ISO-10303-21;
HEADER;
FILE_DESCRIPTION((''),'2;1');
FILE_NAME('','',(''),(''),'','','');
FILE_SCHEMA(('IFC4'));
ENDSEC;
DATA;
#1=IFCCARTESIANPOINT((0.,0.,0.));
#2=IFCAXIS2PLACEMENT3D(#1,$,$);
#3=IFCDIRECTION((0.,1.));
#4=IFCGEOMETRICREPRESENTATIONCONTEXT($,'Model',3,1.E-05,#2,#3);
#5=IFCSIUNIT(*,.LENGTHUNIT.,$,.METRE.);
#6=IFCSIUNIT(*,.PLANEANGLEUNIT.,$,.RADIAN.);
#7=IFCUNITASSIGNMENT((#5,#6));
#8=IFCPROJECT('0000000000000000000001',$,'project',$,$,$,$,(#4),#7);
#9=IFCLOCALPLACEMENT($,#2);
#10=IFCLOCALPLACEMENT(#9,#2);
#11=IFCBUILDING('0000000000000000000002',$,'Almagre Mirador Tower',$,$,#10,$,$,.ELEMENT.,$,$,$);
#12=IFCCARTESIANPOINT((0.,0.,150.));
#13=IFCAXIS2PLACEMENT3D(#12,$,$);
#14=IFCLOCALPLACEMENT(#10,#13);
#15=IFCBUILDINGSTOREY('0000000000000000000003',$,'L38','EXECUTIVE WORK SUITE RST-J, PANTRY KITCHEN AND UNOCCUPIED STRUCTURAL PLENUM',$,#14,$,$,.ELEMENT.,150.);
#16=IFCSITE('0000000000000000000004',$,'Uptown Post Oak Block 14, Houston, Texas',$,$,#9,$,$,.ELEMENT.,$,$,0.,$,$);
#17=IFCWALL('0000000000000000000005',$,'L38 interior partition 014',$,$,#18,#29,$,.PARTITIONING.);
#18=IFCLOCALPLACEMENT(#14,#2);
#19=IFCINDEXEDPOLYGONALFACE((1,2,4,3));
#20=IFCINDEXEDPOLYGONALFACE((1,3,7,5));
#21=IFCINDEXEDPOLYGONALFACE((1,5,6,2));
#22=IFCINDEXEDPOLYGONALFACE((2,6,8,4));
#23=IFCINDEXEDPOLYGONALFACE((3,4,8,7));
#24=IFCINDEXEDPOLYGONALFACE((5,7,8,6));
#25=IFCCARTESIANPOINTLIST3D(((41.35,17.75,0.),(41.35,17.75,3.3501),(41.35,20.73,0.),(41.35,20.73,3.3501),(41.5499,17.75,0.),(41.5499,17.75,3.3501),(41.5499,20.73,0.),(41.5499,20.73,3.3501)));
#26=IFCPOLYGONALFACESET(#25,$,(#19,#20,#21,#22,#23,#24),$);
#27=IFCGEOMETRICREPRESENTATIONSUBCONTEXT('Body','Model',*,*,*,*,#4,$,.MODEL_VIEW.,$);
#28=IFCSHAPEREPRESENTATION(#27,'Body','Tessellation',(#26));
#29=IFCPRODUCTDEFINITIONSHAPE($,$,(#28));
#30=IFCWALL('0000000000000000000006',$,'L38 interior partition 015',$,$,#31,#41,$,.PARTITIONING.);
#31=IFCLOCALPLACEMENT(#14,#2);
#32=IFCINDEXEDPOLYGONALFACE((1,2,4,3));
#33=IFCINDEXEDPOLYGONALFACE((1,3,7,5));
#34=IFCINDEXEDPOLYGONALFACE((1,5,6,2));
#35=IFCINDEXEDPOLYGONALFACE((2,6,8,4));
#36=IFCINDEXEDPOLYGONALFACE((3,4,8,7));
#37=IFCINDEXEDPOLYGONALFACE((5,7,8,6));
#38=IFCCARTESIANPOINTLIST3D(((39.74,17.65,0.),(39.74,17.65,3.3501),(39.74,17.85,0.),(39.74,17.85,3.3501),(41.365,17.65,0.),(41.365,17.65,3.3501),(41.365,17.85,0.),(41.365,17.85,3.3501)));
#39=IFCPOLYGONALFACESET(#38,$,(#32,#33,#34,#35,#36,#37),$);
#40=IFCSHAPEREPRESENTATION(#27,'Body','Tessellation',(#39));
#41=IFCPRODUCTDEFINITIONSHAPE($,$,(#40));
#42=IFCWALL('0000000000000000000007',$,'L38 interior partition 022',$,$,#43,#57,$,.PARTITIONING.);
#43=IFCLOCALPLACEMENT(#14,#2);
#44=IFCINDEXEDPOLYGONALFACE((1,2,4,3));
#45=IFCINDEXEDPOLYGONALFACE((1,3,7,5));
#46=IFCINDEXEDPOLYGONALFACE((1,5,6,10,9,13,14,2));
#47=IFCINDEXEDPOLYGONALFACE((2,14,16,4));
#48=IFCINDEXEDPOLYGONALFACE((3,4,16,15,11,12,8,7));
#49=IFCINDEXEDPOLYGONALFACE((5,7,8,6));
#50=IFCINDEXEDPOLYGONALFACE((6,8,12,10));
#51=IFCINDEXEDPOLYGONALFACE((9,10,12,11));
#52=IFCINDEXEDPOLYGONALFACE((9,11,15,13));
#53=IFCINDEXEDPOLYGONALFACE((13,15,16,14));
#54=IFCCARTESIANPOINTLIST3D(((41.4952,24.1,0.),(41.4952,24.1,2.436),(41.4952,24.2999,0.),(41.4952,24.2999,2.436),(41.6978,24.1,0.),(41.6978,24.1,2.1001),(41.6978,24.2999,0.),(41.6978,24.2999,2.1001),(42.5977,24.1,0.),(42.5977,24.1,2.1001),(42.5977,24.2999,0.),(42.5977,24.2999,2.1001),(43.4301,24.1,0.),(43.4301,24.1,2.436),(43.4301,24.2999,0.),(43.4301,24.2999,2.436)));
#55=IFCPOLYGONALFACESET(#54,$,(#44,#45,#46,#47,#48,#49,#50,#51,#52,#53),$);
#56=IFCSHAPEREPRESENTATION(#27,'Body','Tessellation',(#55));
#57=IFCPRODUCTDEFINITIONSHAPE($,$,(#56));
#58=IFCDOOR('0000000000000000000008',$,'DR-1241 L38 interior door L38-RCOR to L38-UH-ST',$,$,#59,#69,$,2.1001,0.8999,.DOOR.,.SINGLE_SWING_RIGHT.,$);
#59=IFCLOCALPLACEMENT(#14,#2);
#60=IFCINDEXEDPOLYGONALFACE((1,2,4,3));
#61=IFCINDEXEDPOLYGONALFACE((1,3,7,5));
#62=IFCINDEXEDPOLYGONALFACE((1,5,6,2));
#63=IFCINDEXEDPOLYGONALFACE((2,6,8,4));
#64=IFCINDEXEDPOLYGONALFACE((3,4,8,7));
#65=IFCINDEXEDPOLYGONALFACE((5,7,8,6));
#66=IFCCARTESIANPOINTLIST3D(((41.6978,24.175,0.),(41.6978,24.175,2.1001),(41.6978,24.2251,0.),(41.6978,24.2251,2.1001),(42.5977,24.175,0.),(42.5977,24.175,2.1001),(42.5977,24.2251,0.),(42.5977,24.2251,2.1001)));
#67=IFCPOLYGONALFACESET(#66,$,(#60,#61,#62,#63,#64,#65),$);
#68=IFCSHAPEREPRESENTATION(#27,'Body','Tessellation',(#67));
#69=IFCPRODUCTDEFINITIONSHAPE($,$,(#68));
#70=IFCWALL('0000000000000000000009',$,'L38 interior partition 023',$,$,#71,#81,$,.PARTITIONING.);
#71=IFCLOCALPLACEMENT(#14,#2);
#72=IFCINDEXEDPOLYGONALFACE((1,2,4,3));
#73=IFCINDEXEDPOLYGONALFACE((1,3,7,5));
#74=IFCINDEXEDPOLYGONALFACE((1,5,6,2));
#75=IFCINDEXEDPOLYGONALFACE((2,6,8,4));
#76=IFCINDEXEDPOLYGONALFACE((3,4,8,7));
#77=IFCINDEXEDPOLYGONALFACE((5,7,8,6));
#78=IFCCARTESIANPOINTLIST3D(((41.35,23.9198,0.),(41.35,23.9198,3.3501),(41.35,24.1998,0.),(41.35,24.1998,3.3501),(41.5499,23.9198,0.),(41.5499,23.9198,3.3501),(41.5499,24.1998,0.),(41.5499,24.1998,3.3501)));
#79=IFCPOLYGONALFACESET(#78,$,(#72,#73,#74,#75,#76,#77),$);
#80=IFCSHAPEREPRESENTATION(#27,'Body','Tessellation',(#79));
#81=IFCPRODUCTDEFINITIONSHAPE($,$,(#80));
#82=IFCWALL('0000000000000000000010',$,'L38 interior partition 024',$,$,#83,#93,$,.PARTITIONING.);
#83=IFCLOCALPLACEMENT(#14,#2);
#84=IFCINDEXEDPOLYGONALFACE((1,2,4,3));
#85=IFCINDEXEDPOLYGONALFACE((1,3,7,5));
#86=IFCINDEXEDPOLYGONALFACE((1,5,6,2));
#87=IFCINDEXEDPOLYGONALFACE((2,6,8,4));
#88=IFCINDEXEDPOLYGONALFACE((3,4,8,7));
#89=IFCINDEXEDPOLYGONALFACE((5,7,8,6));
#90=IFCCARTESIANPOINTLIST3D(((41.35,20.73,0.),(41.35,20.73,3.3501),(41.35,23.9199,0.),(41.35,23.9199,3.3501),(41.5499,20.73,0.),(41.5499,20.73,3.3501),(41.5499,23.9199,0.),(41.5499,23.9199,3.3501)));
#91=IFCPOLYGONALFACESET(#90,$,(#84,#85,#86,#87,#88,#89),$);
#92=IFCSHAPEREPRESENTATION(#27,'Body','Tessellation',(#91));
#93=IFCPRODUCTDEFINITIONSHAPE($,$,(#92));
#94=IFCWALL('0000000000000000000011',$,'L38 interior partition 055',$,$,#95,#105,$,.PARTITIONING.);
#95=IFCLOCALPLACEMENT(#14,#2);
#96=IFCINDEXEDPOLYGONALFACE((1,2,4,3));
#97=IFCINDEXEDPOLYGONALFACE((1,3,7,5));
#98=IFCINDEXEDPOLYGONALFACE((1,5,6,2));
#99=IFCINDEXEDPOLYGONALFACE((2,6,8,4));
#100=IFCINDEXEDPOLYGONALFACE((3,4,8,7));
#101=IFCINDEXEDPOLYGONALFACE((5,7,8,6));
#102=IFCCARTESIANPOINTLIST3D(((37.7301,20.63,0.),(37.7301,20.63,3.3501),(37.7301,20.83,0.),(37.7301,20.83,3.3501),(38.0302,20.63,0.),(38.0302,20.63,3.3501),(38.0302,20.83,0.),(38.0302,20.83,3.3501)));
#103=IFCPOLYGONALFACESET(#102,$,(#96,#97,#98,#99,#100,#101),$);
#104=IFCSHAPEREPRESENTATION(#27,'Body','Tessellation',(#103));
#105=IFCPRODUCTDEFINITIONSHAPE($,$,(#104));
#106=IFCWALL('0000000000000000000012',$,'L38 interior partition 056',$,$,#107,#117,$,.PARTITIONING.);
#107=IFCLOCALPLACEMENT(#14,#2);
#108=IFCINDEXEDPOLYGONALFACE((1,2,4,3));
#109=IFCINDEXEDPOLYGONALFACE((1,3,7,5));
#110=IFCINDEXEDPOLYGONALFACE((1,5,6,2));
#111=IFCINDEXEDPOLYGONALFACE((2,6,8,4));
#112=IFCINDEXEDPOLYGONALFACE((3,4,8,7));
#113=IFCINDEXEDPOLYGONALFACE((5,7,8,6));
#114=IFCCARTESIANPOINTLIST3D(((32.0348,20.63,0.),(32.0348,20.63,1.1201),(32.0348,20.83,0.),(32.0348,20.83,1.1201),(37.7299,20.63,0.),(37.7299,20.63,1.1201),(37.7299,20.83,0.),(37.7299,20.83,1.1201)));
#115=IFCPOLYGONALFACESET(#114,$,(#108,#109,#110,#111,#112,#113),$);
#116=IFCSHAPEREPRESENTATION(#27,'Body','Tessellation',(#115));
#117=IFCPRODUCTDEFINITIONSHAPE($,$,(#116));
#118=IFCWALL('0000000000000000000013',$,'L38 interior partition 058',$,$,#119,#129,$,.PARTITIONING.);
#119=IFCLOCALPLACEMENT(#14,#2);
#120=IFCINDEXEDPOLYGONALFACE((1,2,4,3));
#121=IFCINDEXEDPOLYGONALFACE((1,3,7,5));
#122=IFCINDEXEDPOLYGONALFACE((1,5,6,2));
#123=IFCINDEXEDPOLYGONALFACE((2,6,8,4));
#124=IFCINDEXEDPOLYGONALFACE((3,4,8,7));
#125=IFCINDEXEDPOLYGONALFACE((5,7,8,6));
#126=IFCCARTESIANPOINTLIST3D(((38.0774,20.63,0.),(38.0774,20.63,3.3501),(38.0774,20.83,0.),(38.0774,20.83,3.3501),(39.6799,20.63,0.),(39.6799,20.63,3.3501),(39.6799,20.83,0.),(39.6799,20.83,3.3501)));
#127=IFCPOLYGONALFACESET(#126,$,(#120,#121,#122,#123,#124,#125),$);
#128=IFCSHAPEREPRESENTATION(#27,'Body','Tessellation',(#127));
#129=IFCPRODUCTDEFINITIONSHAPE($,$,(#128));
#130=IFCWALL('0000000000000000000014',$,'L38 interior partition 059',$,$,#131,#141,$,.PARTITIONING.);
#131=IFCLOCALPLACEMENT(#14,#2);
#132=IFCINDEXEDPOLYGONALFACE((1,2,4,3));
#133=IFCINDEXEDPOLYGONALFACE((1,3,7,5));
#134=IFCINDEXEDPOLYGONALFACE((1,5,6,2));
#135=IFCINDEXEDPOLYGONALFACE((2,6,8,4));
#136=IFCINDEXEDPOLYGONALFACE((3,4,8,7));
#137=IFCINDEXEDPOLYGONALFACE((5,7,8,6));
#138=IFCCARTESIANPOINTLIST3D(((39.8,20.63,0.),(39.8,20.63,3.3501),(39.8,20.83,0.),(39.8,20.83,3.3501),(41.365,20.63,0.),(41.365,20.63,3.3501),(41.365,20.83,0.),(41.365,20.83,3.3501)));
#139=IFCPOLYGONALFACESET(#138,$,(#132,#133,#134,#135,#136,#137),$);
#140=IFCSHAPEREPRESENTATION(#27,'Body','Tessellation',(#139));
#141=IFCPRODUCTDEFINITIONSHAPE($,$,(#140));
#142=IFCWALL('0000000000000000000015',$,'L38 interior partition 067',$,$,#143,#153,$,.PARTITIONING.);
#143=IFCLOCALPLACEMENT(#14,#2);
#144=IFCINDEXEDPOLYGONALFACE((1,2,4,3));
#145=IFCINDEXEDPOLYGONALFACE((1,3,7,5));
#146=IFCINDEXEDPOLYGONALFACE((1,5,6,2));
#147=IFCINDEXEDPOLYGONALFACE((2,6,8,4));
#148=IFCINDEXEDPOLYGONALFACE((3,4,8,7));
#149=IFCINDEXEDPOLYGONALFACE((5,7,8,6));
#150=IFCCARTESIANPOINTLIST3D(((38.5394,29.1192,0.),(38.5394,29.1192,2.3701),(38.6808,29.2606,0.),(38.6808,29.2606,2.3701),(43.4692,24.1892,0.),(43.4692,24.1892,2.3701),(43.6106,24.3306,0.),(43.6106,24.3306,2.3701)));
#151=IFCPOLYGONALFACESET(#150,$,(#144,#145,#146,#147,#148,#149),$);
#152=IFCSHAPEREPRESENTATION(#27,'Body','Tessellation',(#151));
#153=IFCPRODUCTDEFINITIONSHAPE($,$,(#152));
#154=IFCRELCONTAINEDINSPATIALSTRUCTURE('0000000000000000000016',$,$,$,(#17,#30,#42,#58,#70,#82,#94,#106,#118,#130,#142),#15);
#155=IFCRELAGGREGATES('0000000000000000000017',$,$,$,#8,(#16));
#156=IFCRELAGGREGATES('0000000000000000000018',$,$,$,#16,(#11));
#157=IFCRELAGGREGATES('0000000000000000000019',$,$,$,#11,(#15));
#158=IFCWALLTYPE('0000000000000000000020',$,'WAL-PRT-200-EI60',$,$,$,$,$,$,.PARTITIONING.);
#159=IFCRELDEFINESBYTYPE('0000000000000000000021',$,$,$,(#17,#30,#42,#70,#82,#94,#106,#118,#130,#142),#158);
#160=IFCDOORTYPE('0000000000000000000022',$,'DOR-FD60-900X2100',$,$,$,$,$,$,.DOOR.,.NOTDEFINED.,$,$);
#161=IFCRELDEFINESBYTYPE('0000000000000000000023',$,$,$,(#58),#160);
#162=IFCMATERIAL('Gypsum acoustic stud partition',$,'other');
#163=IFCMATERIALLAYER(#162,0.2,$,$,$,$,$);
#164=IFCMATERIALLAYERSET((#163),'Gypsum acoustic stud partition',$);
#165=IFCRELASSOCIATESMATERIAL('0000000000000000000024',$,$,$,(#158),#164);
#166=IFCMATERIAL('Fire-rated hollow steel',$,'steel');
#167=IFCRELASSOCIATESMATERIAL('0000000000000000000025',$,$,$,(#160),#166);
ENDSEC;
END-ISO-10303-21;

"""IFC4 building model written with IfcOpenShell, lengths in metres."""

from ifc_helpers import new_model, si_unit, direction, frame, frame_2d, origin, place, context, subcontext, project, spatial, rectangle, extrude, material, layer, layer_set, type_object, element, fill, save


model = new_model("IFC4")

# Units and contexts
model_context = context("Model", 3, precision=1e-05, world=origin(), true_north=direction((0.0, 1.0)))
body_context = subcontext(model_context, "Body", "Model", "MODEL_VIEW")
ifc_project = project(units=[si_unit("LENGTHUNIT", "METRE"), si_unit("PLANEANGLEUNIT", "RADIAN")], contexts=[model_context])

# Site, building, storey
site_placement = place(None, origin())
site = spatial("IfcSite", under=ifc_project, at=site_placement, Name="Uptown Post Oak Block 14, Houston, Texas", CompositionType="ELEMENT", RefElevation=0.0)
building_placement = place(site_placement, origin())
building = spatial("IfcBuilding", under=site, at=building_placement, Name="Almagre Mirador Tower", CompositionType="ELEMENT")
storey_placement = place(building_placement, frame((0.0, 0.0, 150.0)))
storey = spatial("IfcBuildingStorey", under=building, at=storey_placement, Name="L38", Description="EXECUTIVE WORK SUITE RST-J, PANTRY KITCHEN AND UNOCCUPIED STRUCTURAL PLENUM", CompositionType="ELEMENT", Elevation=150.0)

# Shared definitions
ifc_material_1 = material(Name="Gypsum acoustic stud partition", Category="other")
ifc_layer_1 = layer(ifc_material_1, 0.2)
ifc_layer_set_1 = layer_set([ifc_layer_1], Name="Gypsum acoustic stud partition")
wall_type_1 = type_object("IfcWallType", Name="WAL-PRT-200-EI60", PredefinedType="PARTITIONING", material=ifc_layer_set_1)

# Walls
wall_1_placement = place(storey_placement, frame((41.45, 20.73, 0.0), z_axis=(0.0, 0.0, 1.0), x_axis=(0.0, -1.0, 0.0)))
element("IfcWall", 1, at=wall_1_placement, inside=storey, type_object=wall_type_1, Name="L38 interior partition 014", PredefinedType="PARTITIONING", context=body_context, shape_type="SweptSolid", body=[
    extrude(rectangle(XDim=2.98, YDim=0.2, at=frame_2d((1.49, 0.0))), origin(), (0.0, 0.0, 1.0), 3.3501),
])
wall_2_placement = place(storey_placement, frame((41.365, 17.75, 0.0), z_axis=(0.0, 0.0, 1.0), x_axis=(-1.0, 0.0, 0.0)))
element("IfcWall", 2, at=wall_2_placement, inside=storey, type_object=wall_type_1, Name="L38 interior partition 015", PredefinedType="PARTITIONING", context=body_context, shape_type="SweptSolid", body=[
    extrude(rectangle(XDim=1.625, YDim=0.2, at=frame_2d((0.8125, 0.0))), origin(), (0.0, 0.0, 1.0), 3.3501),
])

# Wall, opening, door
wall_3_placement = place(storey_placement, frame((43.4299, 24.2, 0.0), z_axis=(0.0, 0.0, 1.0), x_axis=(-1.0, 0.0, 0.0)))
wall_3 = element("IfcWall", 3, at=wall_3_placement, inside=storey, type_object=wall_type_1, Name="L38 interior partition 022", PredefinedType="PARTITIONING", context=body_context, shape_type="SweptSolid", body=[
    extrude(rectangle(XDim=1.9348, YDim=0.2, at=frame_2d((0.9673, 0.0))), origin(), (0.0, 0.0, 1.0), 2.436),
])
opening_1_placement = place(wall_3_placement, frame((0.8323, 0.0, 0.0)))
opening_1 = element("IfcOpeningElement", 4, at=opening_1_placement, cuts=wall_3, PredefinedType="OPENING", context=body_context, shape_type="SweptSolid", body=[
    extrude(rectangle(XDim=0.8999, YDim=2.1001, at=frame_2d((0.45, 1.05))), frame((0.0, 0.1101, 0.0), z_axis=(0.0, -1.0, 0.0), x_axis=(1.0, 0.0, 0.0)), (0.0, 0.0, 1.0), 0.22),
])
ifc_material_2 = material(Name="Fire-rated hollow steel", Category="steel")
door_type_1 = type_object("IfcDoorType", Name="DOR-FD60-900X2100", OperationType="NOTDEFINED", PredefinedType="DOOR", material=ifc_material_2)
door_1_placement = place(opening_1_placement, origin())
door_1 = element("IfcDoor", 5, at=door_1_placement, inside=storey, type_object=door_type_1, Name="DR-1241 L38 interior door L38-RCOR to L38-UH-ST", OperationType="SINGLE_SWING_RIGHT", OverallHeight=2.1001, OverallWidth=0.8999, PredefinedType="DOOR", context=body_context, shape_type="SweptSolid", body=[
    extrude(rectangle(XDim=0.8999, YDim=2.1001, at=frame_2d((0.45, 1.05))), frame((0.0, 0.0249, 0.0), z_axis=(0.0, -1.0, 0.0), x_axis=(1.0, 0.0, 0.0)), (0.0, 0.0, 1.0), 0.05),
])
fill(opening_1, door_1)

# Walls
wall_4_placement = place(storey_placement, frame((41.45, 24.2, 0.0), z_axis=(0.0, 0.0, 1.0), x_axis=(0.0, -1.0, 0.0)))
element("IfcWall", 6, at=wall_4_placement, inside=storey, type_object=wall_type_1, Name="L38 interior partition 023", PredefinedType="PARTITIONING", context=body_context, shape_type="SweptSolid", body=[
    extrude(rectangle(XDim=0.28, YDim=0.2, at=frame_2d((0.1401, 0.0))), origin(), (0.0, 0.0, 1.0), 3.3501),
])
wall_5_placement = place(storey_placement, frame((41.45, 23.9199, 0.0), z_axis=(0.0, 0.0, 1.0), x_axis=(0.0, -1.0, 0.0)))
element("IfcWall", 7, at=wall_5_placement, inside=storey, type_object=wall_type_1, Name="L38 interior partition 024", PredefinedType="PARTITIONING", context=body_context, shape_type="SweptSolid", body=[
    extrude(rectangle(XDim=3.1899, YDim=0.2, at=frame_2d((1.595, 0.0))), origin(), (0.0, 0.0, 1.0), 3.3501),
])
wall_6_placement = place(storey_placement, frame((38.03, 20.73, 0.0), z_axis=(0.0, 0.0, 1.0), x_axis=(-1.0, 0.0, 0.0)))
element("IfcWall", 8, at=wall_6_placement, inside=storey, type_object=wall_type_1, Name="L38 interior partition 055", PredefinedType="PARTITIONING", context=body_context, shape_type="SweptSolid", body=[
    extrude(rectangle(XDim=0.3, YDim=0.2, at=frame_2d((0.1499, 0.0))), origin(), (0.0, 0.0, 1.0), 3.3501),
])
wall_7_placement = place(storey_placement, frame((37.73, 20.73, 0.0), z_axis=(0.0, 0.0, 1.0), x_axis=(-1.0, 0.0, 0.0)))
element("IfcWall", 9, at=wall_7_placement, inside=storey, type_object=wall_type_1, Name="L38 interior partition 056", PredefinedType="PARTITIONING", context=body_context, shape_type="SweptSolid", body=[
    extrude(rectangle(XDim=5.6951, YDim=0.2, at=frame_2d((2.8477, 0.0))), origin(), (0.0, 0.0, 1.0), 1.1201),
])
wall_8_placement = place(storey_placement, frame((39.6799, 20.73, 0.0), z_axis=(0.0, 0.0, 1.0), x_axis=(-1.0, 0.0, 0.0)))
element("IfcWall", 10, at=wall_8_placement, inside=storey, type_object=wall_type_1, Name="L38 interior partition 058", PredefinedType="PARTITIONING", context=body_context, shape_type="SweptSolid", body=[
    extrude(rectangle(XDim=1.6025, YDim=0.2, at=frame_2d((0.8013, 0.0))), origin(), (0.0, 0.0, 1.0), 3.3501),
])
wall_9_placement = place(storey_placement, frame((41.365, 20.73, 0.0), z_axis=(0.0, 0.0, 1.0), x_axis=(-1.0, 0.0, 0.0)))
element("IfcWall", 11, at=wall_9_placement, inside=storey, type_object=wall_type_1, Name="L38 interior partition 059", PredefinedType="PARTITIONING", context=body_context, shape_type="SweptSolid", body=[
    extrude(rectangle(XDim=1.5649, YDim=0.2, at=frame_2d((0.7825, 0.0))), origin(), (0.0, 0.0, 1.0), 3.3501),
])
wall_10_placement = place(storey_placement, frame((43.5398, 24.26, 0.0), z_axis=(0.0, 0.0, 1.0), x_axis=(-0.707089, 0.707124, 0.0)))
element("IfcWall", 12, at=wall_10_placement, inside=storey, type_object=wall_type_1, Name="L38 interior partition 067", PredefinedType="PARTITIONING", context=body_context, shape_type="SweptSolid", body=[
    extrude(rectangle(XDim=6.9719, YDim=0.2, at=frame_2d((3.4858, 0.0))), origin(), (0.0, 0.0, 1.0), 2.3701),
])

save(model, "model.ifc")
